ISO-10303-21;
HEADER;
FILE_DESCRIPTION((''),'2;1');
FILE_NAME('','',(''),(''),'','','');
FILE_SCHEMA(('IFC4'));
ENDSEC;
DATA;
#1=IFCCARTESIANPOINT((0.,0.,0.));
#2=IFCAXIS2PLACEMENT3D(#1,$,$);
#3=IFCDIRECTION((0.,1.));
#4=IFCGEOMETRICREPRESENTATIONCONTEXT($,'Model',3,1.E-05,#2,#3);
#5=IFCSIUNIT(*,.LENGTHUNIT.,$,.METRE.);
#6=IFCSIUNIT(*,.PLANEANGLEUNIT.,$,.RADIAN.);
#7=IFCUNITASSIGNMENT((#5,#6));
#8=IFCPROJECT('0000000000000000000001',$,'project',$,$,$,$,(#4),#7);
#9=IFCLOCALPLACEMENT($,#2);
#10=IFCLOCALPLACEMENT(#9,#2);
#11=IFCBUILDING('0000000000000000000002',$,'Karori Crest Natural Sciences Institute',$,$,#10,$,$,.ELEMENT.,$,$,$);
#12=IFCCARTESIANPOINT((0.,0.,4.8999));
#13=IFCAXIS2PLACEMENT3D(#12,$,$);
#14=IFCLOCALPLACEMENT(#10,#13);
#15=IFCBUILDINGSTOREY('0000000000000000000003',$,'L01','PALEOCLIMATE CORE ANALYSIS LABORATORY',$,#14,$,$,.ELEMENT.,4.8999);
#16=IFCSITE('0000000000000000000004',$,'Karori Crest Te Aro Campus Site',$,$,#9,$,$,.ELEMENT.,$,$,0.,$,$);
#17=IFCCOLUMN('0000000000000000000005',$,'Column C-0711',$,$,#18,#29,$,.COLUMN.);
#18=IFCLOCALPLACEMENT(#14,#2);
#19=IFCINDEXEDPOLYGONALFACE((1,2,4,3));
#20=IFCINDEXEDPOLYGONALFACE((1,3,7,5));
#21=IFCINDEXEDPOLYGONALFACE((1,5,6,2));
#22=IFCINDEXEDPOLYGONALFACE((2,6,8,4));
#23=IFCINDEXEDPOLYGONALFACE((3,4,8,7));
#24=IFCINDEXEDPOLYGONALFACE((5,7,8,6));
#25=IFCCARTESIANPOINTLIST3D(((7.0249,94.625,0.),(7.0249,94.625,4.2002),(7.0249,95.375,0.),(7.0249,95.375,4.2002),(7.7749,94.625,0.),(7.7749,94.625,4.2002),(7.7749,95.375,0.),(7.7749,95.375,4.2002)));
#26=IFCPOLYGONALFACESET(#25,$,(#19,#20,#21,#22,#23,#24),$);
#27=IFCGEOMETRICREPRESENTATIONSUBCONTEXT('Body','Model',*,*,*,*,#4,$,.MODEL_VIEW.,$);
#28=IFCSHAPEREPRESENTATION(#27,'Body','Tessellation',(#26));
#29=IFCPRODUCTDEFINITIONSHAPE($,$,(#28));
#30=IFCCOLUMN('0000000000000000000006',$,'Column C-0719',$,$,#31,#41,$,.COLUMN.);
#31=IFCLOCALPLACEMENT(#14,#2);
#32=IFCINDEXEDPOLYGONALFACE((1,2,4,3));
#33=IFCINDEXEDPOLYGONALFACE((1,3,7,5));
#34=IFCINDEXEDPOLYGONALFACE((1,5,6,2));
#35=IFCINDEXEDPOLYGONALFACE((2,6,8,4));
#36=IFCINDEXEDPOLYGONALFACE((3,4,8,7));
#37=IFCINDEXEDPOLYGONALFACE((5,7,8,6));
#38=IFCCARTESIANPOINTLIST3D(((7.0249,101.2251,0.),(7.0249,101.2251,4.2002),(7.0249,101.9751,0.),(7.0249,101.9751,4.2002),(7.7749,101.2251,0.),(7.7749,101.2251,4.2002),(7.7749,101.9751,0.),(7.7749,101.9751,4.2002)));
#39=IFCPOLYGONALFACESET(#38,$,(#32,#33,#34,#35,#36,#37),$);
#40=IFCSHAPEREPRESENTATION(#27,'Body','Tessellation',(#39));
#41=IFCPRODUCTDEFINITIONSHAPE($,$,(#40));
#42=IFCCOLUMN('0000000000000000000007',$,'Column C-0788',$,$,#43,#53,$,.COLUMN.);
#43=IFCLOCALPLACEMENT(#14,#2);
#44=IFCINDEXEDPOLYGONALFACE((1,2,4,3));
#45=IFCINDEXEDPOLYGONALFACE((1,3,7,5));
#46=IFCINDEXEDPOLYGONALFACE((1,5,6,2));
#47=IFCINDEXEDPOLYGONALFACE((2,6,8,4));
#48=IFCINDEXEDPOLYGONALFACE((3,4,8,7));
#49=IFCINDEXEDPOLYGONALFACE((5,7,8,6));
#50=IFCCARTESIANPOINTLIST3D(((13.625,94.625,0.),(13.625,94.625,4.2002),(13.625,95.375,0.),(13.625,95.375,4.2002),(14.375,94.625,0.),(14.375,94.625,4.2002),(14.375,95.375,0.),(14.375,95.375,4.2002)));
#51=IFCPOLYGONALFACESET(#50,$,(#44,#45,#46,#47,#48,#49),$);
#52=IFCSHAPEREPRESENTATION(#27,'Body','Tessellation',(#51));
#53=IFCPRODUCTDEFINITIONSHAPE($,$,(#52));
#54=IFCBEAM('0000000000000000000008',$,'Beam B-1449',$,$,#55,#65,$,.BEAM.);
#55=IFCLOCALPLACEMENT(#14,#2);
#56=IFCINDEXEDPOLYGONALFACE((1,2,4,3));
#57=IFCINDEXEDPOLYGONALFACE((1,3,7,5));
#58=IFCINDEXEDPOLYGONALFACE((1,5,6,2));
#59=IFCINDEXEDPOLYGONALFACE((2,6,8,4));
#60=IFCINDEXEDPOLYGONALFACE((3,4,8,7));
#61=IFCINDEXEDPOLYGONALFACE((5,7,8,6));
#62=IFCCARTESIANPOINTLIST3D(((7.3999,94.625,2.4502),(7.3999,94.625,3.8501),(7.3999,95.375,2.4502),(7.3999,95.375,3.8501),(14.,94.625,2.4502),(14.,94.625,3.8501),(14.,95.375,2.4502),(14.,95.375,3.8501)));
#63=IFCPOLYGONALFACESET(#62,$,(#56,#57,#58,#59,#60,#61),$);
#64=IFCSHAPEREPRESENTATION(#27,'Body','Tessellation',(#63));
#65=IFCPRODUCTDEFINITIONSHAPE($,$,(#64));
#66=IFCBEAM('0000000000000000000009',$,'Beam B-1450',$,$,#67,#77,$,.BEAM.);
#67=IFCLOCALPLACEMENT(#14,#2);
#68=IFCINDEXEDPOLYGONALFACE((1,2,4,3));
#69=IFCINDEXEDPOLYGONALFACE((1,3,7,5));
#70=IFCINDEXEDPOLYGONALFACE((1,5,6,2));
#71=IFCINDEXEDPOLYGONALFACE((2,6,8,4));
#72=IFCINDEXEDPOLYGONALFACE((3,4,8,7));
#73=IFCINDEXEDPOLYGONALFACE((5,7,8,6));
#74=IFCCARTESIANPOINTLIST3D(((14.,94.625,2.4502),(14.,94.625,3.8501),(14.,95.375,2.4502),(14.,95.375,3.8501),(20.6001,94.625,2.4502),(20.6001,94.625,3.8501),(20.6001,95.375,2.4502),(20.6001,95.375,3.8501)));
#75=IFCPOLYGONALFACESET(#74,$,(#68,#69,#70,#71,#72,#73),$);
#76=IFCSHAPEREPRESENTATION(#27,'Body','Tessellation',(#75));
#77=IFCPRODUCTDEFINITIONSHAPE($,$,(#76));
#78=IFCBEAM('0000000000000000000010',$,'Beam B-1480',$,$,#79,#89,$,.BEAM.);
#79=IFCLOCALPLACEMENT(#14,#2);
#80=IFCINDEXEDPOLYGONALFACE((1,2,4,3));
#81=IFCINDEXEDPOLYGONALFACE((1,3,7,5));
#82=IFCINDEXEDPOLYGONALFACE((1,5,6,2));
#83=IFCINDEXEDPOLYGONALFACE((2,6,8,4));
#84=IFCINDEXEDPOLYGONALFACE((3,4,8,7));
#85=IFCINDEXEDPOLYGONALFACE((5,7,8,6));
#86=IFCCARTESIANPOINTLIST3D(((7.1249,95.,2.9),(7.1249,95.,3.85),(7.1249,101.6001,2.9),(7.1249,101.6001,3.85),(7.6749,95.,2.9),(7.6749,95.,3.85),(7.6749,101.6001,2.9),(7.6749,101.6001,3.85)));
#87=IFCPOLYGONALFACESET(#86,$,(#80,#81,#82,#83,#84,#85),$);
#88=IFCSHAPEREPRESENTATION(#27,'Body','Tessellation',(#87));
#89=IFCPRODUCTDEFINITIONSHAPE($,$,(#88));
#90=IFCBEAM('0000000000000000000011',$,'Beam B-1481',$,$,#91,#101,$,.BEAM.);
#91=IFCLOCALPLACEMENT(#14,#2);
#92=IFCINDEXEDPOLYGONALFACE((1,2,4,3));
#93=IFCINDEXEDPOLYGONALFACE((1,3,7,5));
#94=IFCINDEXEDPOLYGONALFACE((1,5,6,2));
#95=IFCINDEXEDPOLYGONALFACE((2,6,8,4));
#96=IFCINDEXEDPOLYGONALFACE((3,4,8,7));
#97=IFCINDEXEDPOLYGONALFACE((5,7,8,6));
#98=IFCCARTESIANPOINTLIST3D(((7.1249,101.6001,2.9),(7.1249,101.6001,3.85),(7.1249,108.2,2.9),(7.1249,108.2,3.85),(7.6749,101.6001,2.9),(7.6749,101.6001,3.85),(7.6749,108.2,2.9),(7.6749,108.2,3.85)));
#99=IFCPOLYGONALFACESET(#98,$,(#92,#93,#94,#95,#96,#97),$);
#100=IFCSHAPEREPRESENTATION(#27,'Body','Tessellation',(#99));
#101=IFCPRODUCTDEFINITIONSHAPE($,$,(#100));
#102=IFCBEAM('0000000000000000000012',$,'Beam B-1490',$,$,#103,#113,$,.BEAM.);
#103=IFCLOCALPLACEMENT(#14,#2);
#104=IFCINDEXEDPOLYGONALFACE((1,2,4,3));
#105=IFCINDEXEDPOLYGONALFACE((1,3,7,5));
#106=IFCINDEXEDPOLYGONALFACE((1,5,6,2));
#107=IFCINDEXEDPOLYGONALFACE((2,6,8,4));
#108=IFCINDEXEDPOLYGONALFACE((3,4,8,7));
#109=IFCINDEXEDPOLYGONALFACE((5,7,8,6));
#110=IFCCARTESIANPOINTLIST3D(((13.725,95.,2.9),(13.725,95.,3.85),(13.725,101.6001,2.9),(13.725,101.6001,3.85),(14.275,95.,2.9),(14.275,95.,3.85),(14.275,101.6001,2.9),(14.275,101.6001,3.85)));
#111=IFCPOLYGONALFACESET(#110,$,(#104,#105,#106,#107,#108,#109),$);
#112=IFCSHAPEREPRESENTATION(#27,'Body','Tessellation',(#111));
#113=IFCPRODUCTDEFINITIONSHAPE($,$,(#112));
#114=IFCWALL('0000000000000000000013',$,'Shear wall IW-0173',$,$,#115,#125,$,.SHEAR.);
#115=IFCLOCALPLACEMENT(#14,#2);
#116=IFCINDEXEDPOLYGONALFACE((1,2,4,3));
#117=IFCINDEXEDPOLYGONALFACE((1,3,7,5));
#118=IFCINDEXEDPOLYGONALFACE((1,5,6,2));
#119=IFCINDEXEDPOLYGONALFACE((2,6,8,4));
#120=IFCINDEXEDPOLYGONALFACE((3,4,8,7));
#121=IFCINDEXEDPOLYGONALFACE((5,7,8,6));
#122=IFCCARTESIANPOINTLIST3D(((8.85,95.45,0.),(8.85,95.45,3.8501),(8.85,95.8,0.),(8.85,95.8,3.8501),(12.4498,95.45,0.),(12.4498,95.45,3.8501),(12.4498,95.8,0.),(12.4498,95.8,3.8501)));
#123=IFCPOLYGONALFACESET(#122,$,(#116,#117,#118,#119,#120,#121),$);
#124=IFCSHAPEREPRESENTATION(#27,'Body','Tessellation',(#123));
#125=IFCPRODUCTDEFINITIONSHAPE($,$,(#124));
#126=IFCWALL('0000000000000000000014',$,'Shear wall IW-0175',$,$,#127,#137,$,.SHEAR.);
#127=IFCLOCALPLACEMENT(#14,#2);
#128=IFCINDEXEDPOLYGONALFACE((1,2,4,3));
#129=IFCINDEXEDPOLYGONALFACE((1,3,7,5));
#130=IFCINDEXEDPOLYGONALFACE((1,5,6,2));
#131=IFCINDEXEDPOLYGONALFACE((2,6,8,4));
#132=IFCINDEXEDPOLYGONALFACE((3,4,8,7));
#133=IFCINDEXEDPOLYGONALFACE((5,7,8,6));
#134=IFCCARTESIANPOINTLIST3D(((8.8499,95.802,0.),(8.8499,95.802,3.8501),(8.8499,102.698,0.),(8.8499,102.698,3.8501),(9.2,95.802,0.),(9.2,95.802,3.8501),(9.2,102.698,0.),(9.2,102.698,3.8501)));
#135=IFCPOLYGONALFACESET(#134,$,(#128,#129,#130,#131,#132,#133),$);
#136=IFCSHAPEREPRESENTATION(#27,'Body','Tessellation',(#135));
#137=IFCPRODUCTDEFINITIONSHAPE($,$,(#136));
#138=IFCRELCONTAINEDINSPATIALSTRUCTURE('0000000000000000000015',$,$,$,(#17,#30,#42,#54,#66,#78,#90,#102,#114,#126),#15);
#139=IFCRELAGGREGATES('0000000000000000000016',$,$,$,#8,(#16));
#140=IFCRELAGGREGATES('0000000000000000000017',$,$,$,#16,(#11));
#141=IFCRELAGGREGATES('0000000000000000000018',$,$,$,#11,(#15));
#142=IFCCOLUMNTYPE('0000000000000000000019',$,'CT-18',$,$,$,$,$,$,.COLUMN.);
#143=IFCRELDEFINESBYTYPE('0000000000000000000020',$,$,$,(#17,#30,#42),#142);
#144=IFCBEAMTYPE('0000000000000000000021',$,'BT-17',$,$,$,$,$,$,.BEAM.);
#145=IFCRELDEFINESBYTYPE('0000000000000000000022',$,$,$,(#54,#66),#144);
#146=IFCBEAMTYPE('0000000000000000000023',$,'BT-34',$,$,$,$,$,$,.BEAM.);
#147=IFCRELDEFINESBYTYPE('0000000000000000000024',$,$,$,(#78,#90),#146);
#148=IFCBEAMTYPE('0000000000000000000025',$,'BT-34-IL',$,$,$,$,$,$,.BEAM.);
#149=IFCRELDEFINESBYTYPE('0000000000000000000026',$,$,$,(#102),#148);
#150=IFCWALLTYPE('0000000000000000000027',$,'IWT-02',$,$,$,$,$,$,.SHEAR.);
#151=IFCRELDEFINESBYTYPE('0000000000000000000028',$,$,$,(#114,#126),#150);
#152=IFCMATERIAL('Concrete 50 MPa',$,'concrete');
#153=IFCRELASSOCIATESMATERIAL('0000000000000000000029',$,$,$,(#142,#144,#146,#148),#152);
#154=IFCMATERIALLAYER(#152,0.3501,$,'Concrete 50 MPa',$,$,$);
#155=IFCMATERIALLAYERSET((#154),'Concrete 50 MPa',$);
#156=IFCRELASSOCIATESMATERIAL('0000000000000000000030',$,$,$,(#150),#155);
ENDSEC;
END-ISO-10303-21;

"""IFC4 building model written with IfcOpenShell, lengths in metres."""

from ifc_helpers import new_model, si_unit, direction, frame, frame_2d, origin, origin_2d, place, context, subcontext, project, spatial, rectangle, extrude, material, layer, layer_set, material_profile, profile_set, type_object, element, save


model = new_model("IFC4")

# Units and contexts
model_context = context("Model", 3, precision=1e-05, world=origin(), true_north=direction((0.0, 1.0)))
body_context = subcontext(model_context, "Body", "Model", "MODEL_VIEW")
ifc_project = project(units=[si_unit("LENGTHUNIT", "METRE"), si_unit("PLANEANGLEUNIT", "RADIAN")], contexts=[model_context])

# Site, building, storey
site_placement = place(None, origin())
site = spatial("IfcSite", under=ifc_project, at=site_placement, Name="Karori Crest Te Aro Campus Site", CompositionType="ELEMENT", RefElevation=0.0)
building_placement = place(site_placement, origin())
building = spatial("IfcBuilding", under=site, at=building_placement, Name="Karori Crest Natural Sciences Institute", CompositionType="ELEMENT")
storey_placement = place(building_placement, frame((0.0, 0.0, 4.8999)))
storey = spatial("IfcBuildingStorey", under=building, at=storey_placement, Name="L01", Description="PALEOCLIMATE CORE ANALYSIS LABORATORY", CompositionType="ELEMENT", Elevation=4.8999)

# Columns
ifc_material_1 = material(Name="Concrete 50 MPa", Category="concrete")
ifc_material_profile_1 = material_profile(ifc_material_1, rectangle(XDim=0.75, YDim=0.75, at=origin_2d()), Name="RC750x750")
ifc_profile_set_1 = profile_set([ifc_material_profile_1], Name="Concrete 50 MPa")
column_type = type_object("IfcColumnType", Name="CT-18", PredefinedType="COLUMN", material=ifc_profile_set_1)
for number, where, z_axis, x_axis, name in (
    (1, (7.3999, 95.0, 0.0), (0.0, 0.0, 1.0), (1.0, 0.0, 0.0), "Column C-0711"),
    (2, (7.3999, 101.6001, 0.0), (0.0, 0.0, 1.0), (1.0, 0.0, 0.0), "Column C-0719"),
    (3, (14.0, 95.0, 0.0), (0.0, 0.0, 1.0), (1.0, 0.0, 0.0), "Column C-0788"),
):
    element("IfcColumn", number, at=place(storey_placement, frame(where, z_axis=z_axis, x_axis=x_axis)), inside=storey, type_object=column_type, Name=name, PredefinedType="COLUMN", context=body_context, shape_type="SweptSolid", body=[
        extrude(rectangle(XDim=0.75, YDim=0.75, at=origin_2d()), origin(), (0.0, 0.0, 1.0), 4.2002),
    ])

# Beams
ifc_material_profile_2 = material_profile(ifc_material_1, rectangle(XDim=0.75, YDim=1.3999, at=origin_2d()), Name="RCB750x1400")
ifc_profile_set_2 = profile_set([ifc_material_profile_2], Name="Concrete 50 MPa")
beam_type_1 = type_object("IfcBeamType", Name="BT-17", PredefinedType="BEAM", material=ifc_profile_set_2)
for number, where, z_axis, x_axis, name in (
    (4, (7.3999, 95.0, 3.1501), (1.0, 0.0, 0.0), (0.0, 1.0, 0.0), "Beam B-1449"),
    (5, (14.0, 95.0, 3.1501), (1.0, 0.0, 0.0), (0.0, 1.0, 0.0), "Beam B-1450"),
):
    element("IfcBeam", number, at=place(storey_placement, frame(where, z_axis=z_axis, x_axis=x_axis)), inside=storey, type_object=beam_type_1, Name=name, PredefinedType="BEAM", context=body_context, shape_type="SweptSolid", body=[
        extrude(rectangle(XDim=0.75, YDim=1.3999, at=origin_2d()), origin(), (0.0, 0.0, 1.0), 6.6001),
    ])
ifc_material_profile_3 = material_profile(ifc_material_1, rectangle(XDim=0.55, YDim=0.95, at=origin_2d()), Name="RCB550x950")
ifc_profile_set_3 = profile_set([ifc_material_profile_3], Name="Concrete 50 MPa")
beam_type_2 = type_object("IfcBeamType", Name="BT-34", PredefinedType="BEAM", material=ifc_profile_set_3)
beam_1_placement = place(storey_placement, frame((7.3999, 95.0, 3.375), z_axis=(0.0, 1.0, 0.0), x_axis=(-1.0, 0.0, 0.0)))
element("IfcBeam", 6, at=beam_1_placement, inside=storey, type_object=beam_type_2, Name="Beam B-1480", PredefinedType="BEAM", context=body_context, shape_type="SweptSolid", body=[
    extrude(rectangle(XDim=0.55, YDim=0.95, at=origin_2d()), origin(), (0.0, 0.0, 1.0), 6.6001),
])
beam_2_placement = place(storey_placement, frame((7.3999, 101.6001, 3.375), z_axis=(0.0, 1.0, 0.0), x_axis=(-1.0, 0.0, 0.0)))
element("IfcBeam", 7, at=beam_2_placement, inside=storey, type_object=beam_type_2, Name="Beam B-1481", PredefinedType="BEAM", context=body_context, shape_type="SweptSolid", body=[
    extrude(rectangle(XDim=0.55, YDim=0.95, at=origin_2d()), origin(), (0.0, 0.0, 1.0), 6.5999),
])
ifc_material_profile_4 = material_profile(ifc_material_1, rectangle(XDim=0.55, YDim=0.95, at=origin_2d()), Name="RCB550x950")
ifc_profile_set_4 = profile_set([ifc_material_profile_4], Name="Concrete 50 MPa")
beam_type_3 = type_object("IfcBeamType", Name="BT-34-IL", PredefinedType="BEAM", material=ifc_profile_set_4)
beam_3_placement = place(storey_placement, frame((14.0, 95.0, 3.375), z_axis=(0.0, 1.0, 0.0), x_axis=(-1.0, 0.0, 0.0)))
element("IfcBeam", 8, at=beam_3_placement, inside=storey, type_object=beam_type_3, Name="Beam B-1490", PredefinedType="BEAM", context=body_context, shape_type="SweptSolid", body=[
    extrude(rectangle(XDim=0.55, YDim=0.95, at=origin_2d()), origin(), (0.0, 0.0, 1.0), 6.6001),
])

# Walls
ifc_layer_1 = layer(ifc_material_1, 0.3501, Name="Concrete 50 MPa")
ifc_layer_set_1 = layer_set([ifc_layer_1], Name="Concrete 50 MPa")
wall_type_1 = type_object("IfcWallType", Name="IWT-02", PredefinedType="SHEAR", material=ifc_layer_set_1)
wall_1_placement = place(storey_placement, frame((8.8501, 95.625, 0.0), z_axis=(0.0, 0.0, 1.0), x_axis=(1.0, 0.0, 0.0)))
element("IfcWall", 9, at=wall_1_placement, inside=storey, type_object=wall_type_1, Name="Shear wall IW-0173", PredefinedType="SHEAR", context=body_context, shape_type="SweptSolid", body=[
    extrude(rectangle(XDim=3.5999, YDim=0.3501, at=frame_2d((1.7998, 0.0))), origin(), (0.0, 0.0, 1.0), 3.8501),
])
wall_2_placement = place(storey_placement, frame((9.0249, 95.802, 0.0), z_axis=(0.0, 0.0, 1.0), x_axis=(0.0, 1.0, 0.0)))
element("IfcWall", 10, at=wall_2_placement, inside=storey, type_object=wall_type_1, Name="Shear wall IW-0175", PredefinedType="SHEAR", context=body_context, shape_type="SweptSolid", body=[
    extrude(rectangle(XDim=6.896, YDim=0.3501, at=frame_2d((3.448, 0.0))), origin(), (0.0, 0.0, 1.0), 3.8501),
])

save(model, "model.ifc")
